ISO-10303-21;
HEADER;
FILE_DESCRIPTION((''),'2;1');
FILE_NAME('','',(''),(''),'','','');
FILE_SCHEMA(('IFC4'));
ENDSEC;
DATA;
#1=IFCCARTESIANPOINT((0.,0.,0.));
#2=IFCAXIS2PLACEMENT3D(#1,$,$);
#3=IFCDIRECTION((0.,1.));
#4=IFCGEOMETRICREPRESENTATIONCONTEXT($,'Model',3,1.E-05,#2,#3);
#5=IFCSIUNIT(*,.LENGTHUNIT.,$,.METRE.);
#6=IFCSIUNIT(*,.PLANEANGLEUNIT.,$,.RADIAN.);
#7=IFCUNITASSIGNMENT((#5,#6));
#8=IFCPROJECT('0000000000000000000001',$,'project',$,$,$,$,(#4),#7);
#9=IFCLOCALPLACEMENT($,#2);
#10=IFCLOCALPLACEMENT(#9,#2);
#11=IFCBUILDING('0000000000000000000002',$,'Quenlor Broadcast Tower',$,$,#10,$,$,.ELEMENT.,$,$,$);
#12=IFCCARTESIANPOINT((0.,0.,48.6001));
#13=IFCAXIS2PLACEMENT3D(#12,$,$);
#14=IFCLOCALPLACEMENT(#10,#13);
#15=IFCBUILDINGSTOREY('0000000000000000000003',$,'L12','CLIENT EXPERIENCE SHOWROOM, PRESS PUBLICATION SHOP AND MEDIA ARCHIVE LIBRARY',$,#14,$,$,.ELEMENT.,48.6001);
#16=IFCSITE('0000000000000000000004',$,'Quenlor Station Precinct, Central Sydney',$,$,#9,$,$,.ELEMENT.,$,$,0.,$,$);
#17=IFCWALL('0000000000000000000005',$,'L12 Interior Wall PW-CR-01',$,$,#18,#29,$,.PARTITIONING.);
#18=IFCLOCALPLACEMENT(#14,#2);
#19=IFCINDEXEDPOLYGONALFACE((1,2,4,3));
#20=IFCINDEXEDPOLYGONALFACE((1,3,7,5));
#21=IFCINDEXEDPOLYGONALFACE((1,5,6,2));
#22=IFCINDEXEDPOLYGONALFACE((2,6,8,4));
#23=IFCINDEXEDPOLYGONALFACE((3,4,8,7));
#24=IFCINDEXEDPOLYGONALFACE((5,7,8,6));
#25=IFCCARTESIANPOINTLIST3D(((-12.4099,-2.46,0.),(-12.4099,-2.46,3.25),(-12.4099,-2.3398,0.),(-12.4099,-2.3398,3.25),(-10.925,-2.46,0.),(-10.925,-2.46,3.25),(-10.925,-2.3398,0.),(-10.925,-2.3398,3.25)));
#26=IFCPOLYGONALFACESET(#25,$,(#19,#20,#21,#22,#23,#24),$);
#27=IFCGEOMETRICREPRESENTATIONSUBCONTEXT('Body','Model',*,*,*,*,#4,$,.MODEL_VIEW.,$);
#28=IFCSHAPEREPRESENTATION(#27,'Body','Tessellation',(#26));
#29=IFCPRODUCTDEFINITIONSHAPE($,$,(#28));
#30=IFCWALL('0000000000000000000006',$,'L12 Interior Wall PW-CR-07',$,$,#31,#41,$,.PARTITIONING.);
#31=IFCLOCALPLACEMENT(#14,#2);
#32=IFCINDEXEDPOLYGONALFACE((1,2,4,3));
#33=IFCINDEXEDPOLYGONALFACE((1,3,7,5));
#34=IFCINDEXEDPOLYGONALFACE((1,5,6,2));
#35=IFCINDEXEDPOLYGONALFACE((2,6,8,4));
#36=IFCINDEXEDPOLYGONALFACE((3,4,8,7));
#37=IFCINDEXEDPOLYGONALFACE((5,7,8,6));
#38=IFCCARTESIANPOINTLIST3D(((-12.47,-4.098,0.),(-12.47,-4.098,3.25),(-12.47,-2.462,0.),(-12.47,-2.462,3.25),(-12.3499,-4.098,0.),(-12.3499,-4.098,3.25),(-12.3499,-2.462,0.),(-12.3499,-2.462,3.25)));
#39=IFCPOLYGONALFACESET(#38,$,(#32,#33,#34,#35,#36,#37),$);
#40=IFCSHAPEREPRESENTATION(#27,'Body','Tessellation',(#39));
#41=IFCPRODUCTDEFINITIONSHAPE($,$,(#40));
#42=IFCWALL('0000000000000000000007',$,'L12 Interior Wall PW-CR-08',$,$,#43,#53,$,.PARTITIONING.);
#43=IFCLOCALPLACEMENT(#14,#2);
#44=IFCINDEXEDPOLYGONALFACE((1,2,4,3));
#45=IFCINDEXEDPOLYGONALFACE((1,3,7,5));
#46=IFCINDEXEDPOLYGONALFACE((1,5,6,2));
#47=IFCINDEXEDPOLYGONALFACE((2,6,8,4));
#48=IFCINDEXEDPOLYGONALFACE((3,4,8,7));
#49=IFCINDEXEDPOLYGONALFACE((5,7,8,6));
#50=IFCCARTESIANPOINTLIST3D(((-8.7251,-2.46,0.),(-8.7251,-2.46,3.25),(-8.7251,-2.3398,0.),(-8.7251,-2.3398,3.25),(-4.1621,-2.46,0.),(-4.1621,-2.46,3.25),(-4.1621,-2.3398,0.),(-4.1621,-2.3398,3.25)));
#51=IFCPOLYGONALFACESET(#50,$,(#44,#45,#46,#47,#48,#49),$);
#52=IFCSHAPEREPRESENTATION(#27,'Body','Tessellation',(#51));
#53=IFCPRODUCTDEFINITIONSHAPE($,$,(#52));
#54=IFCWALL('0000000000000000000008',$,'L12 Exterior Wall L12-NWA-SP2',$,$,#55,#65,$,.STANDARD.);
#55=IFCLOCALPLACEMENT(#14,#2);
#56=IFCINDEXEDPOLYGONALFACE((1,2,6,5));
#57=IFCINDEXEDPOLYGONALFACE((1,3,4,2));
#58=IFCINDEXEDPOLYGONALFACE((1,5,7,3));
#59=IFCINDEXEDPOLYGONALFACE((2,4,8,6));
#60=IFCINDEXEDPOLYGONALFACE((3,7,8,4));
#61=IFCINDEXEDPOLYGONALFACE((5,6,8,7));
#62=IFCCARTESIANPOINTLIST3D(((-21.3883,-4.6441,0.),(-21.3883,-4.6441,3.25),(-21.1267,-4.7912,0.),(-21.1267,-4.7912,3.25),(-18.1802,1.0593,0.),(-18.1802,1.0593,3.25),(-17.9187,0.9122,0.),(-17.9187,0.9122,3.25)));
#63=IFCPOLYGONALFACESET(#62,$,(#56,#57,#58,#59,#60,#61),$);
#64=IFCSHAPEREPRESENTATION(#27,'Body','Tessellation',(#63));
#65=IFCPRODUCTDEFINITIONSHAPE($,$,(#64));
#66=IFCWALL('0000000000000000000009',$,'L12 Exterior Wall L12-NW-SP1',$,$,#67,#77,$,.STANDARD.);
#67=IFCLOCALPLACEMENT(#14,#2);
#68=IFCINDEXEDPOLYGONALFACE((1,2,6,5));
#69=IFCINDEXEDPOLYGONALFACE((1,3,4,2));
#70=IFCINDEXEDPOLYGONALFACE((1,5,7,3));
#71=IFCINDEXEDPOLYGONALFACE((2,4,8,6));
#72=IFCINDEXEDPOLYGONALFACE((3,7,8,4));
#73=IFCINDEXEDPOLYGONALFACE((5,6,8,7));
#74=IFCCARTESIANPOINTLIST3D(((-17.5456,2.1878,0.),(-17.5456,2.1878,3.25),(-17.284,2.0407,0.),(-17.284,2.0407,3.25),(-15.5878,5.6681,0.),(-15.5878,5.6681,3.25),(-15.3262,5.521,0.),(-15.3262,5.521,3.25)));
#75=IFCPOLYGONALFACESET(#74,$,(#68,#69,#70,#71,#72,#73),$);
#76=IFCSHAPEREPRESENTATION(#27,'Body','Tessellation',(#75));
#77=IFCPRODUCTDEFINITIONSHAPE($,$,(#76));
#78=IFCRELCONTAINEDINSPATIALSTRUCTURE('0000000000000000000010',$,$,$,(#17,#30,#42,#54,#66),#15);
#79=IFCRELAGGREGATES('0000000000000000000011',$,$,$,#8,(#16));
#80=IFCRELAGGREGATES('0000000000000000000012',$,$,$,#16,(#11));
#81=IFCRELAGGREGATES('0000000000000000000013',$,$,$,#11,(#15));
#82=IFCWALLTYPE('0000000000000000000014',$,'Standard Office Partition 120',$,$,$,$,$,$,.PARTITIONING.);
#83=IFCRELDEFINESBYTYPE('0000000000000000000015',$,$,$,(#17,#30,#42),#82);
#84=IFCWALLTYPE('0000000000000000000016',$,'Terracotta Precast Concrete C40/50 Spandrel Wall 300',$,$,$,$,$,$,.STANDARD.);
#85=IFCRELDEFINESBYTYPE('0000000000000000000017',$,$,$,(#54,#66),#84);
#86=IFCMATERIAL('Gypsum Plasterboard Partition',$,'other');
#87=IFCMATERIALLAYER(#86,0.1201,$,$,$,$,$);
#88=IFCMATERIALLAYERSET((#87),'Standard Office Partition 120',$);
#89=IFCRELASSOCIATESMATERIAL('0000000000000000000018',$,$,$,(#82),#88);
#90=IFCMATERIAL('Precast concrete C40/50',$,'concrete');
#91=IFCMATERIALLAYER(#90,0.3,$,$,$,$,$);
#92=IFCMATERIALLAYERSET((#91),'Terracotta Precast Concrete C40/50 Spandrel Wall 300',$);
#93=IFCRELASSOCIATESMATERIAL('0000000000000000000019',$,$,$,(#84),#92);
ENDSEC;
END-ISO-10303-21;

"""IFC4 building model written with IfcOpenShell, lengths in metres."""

from ifc_helpers import new_model, si_unit, direction, frame, frame_2d, origin, place, context, subcontext, project, spatial, rectangle, extrude, material, layer, layer_set, type_object, element, save


model = new_model("IFC4")

# Units and contexts
model_context = context("Model", 3, precision=1e-05, world=origin(), true_north=direction((0.0, 1.0)))
body_context = subcontext(model_context, "Body", "Model", "MODEL_VIEW")
ifc_project = project(units=[si_unit("LENGTHUNIT", "METRE"), si_unit("PLANEANGLEUNIT", "RADIAN")], contexts=[model_context])

# Site, building, storey
site_placement = place(None, origin())
site = spatial("IfcSite", under=ifc_project, at=site_placement, Name="Quenlor Station Precinct, Central Sydney", CompositionType="ELEMENT", RefElevation=0.0)
building_placement = place(site_placement, origin())
building = spatial("IfcBuilding", under=site, at=building_placement, Name="Quenlor Broadcast Tower", CompositionType="ELEMENT")
storey_placement = place(building_placement, frame((0.0, 0.0, 48.6001)))
storey = spatial("IfcBuildingStorey", under=building, at=storey_placement, Name="L12", Description="CLIENT EXPERIENCE SHOWROOM, PRESS PUBLICATION SHOP AND MEDIA ARCHIVE LIBRARY", CompositionType="ELEMENT", Elevation=48.6001)

# Shared definitions
ifc_material_1 = material(Name="Gypsum Plasterboard Partition", Category="other")
ifc_layer_1 = layer(ifc_material_1, 0.1201)
ifc_layer_set_1 = layer_set([ifc_layer_1], Name="Standard Office Partition 120")
wall_type_1 = type_object("IfcWallType", Name="Standard Office Partition 120", PredefinedType="PARTITIONING", material=ifc_layer_set_1)

# Wall
wall_1_placement = place(storey_placement, frame((-12.4099, -2.3999, 0.0), z_axis=(0.0, 0.0, 1.0), x_axis=(1.0, 0.0, 0.0)))
element("IfcWall", 1, at=wall_1_placement, inside=storey, type_object=wall_type_1, Name="L12 Interior Wall PW-CR-01", PredefinedType="PARTITIONING", context=body_context, shape_type="SweptSolid", body=[
    extrude(rectangle(XDim=1.4849, YDim=0.1201, at=frame_2d((0.7424, 0.0))), origin(), (0.0, 0.0, 1.0), 3.25),
])

# Walls
wall_2_placement = place(storey_placement, frame((-12.4099, -4.0979, 0.0), z_axis=(0.0, 0.0, 1.0), x_axis=(0.0, 1.0, 0.0)))
element("IfcWall", 2, at=wall_2_placement, inside=storey, type_object=wall_type_1, Name="L12 Interior Wall PW-CR-07", PredefinedType="PARTITIONING", context=body_context, shape_type="SweptSolid", body=[
    extrude(rectangle(XDim=1.636, YDim=0.1201, at=frame_2d((0.8179, 0.0))), origin(), (0.0, 0.0, 1.0), 3.25),
])
wall_3_placement = place(storey_placement, frame((-8.7251, -2.3999, 0.0), z_axis=(0.0, 0.0, 1.0), x_axis=(1.0, 0.0, 0.0)))
element("IfcWall", 3, at=wall_3_placement, inside=storey, type_object=wall_type_1, Name="L12 Interior Wall PW-CR-08", PredefinedType="PARTITIONING", context=body_context, shape_type="SweptSolid", body=[
    extrude(rectangle(XDim=4.563, YDim=0.1201, at=frame_2d((2.2815, 0.0))), origin(), (0.0, 0.0, 1.0), 3.25),
])
ifc_material_2 = material(Name="Precast concrete C40/50", Category="concrete")
ifc_layer_2 = layer(ifc_material_2, 0.3)
ifc_layer_set_2 = layer_set([ifc_layer_2], Name="Terracotta Precast Concrete C40/50 Spandrel Wall 300")
wall_type_2 = type_object("IfcWallType", Name="Terracotta Precast Concrete C40/50 Spandrel Wall 300", PredefinedType="STANDARD", material=ifc_layer_set_2)
wall_4_placement = place(storey_placement, frame((-21.2576, -4.7178, 0.0), z_axis=(0.0, 0.0, 1.0), x_axis=(0.490245, 0.871585, 0.0)))
element("IfcWall", 4, at=wall_4_placement, inside=storey, type_object=wall_type_2, Name="L12 Exterior Wall L12-NWA-SP2", PredefinedType="STANDARD", context=body_context, shape_type="SweptSolid", body=[
    extrude(rectangle(XDim=6.5437, YDim=0.3, at=frame_2d((3.272, 0.0))), origin(), (0.0, 0.0, 1.0), 3.25),
])
wall_5_placement = place(storey_placement, frame((-17.4148, 2.1143, 0.0), z_axis=(0.0, 0.0, 1.0), x_axis=(0.490287, 0.871561, 0.0)))
element("IfcWall", 5, at=wall_5_placement, inside=storey, type_object=wall_type_2, Name="L12 Exterior Wall L12-NW-SP1", PredefinedType="STANDARD", context=body_context, shape_type="SweptSolid", body=[
    extrude(rectangle(XDim=3.9932, YDim=0.3, at=frame_2d((1.9966, 0.0))), origin(), (0.0, 0.0, 1.0), 3.25),
])

save(model, "model.ifc")
